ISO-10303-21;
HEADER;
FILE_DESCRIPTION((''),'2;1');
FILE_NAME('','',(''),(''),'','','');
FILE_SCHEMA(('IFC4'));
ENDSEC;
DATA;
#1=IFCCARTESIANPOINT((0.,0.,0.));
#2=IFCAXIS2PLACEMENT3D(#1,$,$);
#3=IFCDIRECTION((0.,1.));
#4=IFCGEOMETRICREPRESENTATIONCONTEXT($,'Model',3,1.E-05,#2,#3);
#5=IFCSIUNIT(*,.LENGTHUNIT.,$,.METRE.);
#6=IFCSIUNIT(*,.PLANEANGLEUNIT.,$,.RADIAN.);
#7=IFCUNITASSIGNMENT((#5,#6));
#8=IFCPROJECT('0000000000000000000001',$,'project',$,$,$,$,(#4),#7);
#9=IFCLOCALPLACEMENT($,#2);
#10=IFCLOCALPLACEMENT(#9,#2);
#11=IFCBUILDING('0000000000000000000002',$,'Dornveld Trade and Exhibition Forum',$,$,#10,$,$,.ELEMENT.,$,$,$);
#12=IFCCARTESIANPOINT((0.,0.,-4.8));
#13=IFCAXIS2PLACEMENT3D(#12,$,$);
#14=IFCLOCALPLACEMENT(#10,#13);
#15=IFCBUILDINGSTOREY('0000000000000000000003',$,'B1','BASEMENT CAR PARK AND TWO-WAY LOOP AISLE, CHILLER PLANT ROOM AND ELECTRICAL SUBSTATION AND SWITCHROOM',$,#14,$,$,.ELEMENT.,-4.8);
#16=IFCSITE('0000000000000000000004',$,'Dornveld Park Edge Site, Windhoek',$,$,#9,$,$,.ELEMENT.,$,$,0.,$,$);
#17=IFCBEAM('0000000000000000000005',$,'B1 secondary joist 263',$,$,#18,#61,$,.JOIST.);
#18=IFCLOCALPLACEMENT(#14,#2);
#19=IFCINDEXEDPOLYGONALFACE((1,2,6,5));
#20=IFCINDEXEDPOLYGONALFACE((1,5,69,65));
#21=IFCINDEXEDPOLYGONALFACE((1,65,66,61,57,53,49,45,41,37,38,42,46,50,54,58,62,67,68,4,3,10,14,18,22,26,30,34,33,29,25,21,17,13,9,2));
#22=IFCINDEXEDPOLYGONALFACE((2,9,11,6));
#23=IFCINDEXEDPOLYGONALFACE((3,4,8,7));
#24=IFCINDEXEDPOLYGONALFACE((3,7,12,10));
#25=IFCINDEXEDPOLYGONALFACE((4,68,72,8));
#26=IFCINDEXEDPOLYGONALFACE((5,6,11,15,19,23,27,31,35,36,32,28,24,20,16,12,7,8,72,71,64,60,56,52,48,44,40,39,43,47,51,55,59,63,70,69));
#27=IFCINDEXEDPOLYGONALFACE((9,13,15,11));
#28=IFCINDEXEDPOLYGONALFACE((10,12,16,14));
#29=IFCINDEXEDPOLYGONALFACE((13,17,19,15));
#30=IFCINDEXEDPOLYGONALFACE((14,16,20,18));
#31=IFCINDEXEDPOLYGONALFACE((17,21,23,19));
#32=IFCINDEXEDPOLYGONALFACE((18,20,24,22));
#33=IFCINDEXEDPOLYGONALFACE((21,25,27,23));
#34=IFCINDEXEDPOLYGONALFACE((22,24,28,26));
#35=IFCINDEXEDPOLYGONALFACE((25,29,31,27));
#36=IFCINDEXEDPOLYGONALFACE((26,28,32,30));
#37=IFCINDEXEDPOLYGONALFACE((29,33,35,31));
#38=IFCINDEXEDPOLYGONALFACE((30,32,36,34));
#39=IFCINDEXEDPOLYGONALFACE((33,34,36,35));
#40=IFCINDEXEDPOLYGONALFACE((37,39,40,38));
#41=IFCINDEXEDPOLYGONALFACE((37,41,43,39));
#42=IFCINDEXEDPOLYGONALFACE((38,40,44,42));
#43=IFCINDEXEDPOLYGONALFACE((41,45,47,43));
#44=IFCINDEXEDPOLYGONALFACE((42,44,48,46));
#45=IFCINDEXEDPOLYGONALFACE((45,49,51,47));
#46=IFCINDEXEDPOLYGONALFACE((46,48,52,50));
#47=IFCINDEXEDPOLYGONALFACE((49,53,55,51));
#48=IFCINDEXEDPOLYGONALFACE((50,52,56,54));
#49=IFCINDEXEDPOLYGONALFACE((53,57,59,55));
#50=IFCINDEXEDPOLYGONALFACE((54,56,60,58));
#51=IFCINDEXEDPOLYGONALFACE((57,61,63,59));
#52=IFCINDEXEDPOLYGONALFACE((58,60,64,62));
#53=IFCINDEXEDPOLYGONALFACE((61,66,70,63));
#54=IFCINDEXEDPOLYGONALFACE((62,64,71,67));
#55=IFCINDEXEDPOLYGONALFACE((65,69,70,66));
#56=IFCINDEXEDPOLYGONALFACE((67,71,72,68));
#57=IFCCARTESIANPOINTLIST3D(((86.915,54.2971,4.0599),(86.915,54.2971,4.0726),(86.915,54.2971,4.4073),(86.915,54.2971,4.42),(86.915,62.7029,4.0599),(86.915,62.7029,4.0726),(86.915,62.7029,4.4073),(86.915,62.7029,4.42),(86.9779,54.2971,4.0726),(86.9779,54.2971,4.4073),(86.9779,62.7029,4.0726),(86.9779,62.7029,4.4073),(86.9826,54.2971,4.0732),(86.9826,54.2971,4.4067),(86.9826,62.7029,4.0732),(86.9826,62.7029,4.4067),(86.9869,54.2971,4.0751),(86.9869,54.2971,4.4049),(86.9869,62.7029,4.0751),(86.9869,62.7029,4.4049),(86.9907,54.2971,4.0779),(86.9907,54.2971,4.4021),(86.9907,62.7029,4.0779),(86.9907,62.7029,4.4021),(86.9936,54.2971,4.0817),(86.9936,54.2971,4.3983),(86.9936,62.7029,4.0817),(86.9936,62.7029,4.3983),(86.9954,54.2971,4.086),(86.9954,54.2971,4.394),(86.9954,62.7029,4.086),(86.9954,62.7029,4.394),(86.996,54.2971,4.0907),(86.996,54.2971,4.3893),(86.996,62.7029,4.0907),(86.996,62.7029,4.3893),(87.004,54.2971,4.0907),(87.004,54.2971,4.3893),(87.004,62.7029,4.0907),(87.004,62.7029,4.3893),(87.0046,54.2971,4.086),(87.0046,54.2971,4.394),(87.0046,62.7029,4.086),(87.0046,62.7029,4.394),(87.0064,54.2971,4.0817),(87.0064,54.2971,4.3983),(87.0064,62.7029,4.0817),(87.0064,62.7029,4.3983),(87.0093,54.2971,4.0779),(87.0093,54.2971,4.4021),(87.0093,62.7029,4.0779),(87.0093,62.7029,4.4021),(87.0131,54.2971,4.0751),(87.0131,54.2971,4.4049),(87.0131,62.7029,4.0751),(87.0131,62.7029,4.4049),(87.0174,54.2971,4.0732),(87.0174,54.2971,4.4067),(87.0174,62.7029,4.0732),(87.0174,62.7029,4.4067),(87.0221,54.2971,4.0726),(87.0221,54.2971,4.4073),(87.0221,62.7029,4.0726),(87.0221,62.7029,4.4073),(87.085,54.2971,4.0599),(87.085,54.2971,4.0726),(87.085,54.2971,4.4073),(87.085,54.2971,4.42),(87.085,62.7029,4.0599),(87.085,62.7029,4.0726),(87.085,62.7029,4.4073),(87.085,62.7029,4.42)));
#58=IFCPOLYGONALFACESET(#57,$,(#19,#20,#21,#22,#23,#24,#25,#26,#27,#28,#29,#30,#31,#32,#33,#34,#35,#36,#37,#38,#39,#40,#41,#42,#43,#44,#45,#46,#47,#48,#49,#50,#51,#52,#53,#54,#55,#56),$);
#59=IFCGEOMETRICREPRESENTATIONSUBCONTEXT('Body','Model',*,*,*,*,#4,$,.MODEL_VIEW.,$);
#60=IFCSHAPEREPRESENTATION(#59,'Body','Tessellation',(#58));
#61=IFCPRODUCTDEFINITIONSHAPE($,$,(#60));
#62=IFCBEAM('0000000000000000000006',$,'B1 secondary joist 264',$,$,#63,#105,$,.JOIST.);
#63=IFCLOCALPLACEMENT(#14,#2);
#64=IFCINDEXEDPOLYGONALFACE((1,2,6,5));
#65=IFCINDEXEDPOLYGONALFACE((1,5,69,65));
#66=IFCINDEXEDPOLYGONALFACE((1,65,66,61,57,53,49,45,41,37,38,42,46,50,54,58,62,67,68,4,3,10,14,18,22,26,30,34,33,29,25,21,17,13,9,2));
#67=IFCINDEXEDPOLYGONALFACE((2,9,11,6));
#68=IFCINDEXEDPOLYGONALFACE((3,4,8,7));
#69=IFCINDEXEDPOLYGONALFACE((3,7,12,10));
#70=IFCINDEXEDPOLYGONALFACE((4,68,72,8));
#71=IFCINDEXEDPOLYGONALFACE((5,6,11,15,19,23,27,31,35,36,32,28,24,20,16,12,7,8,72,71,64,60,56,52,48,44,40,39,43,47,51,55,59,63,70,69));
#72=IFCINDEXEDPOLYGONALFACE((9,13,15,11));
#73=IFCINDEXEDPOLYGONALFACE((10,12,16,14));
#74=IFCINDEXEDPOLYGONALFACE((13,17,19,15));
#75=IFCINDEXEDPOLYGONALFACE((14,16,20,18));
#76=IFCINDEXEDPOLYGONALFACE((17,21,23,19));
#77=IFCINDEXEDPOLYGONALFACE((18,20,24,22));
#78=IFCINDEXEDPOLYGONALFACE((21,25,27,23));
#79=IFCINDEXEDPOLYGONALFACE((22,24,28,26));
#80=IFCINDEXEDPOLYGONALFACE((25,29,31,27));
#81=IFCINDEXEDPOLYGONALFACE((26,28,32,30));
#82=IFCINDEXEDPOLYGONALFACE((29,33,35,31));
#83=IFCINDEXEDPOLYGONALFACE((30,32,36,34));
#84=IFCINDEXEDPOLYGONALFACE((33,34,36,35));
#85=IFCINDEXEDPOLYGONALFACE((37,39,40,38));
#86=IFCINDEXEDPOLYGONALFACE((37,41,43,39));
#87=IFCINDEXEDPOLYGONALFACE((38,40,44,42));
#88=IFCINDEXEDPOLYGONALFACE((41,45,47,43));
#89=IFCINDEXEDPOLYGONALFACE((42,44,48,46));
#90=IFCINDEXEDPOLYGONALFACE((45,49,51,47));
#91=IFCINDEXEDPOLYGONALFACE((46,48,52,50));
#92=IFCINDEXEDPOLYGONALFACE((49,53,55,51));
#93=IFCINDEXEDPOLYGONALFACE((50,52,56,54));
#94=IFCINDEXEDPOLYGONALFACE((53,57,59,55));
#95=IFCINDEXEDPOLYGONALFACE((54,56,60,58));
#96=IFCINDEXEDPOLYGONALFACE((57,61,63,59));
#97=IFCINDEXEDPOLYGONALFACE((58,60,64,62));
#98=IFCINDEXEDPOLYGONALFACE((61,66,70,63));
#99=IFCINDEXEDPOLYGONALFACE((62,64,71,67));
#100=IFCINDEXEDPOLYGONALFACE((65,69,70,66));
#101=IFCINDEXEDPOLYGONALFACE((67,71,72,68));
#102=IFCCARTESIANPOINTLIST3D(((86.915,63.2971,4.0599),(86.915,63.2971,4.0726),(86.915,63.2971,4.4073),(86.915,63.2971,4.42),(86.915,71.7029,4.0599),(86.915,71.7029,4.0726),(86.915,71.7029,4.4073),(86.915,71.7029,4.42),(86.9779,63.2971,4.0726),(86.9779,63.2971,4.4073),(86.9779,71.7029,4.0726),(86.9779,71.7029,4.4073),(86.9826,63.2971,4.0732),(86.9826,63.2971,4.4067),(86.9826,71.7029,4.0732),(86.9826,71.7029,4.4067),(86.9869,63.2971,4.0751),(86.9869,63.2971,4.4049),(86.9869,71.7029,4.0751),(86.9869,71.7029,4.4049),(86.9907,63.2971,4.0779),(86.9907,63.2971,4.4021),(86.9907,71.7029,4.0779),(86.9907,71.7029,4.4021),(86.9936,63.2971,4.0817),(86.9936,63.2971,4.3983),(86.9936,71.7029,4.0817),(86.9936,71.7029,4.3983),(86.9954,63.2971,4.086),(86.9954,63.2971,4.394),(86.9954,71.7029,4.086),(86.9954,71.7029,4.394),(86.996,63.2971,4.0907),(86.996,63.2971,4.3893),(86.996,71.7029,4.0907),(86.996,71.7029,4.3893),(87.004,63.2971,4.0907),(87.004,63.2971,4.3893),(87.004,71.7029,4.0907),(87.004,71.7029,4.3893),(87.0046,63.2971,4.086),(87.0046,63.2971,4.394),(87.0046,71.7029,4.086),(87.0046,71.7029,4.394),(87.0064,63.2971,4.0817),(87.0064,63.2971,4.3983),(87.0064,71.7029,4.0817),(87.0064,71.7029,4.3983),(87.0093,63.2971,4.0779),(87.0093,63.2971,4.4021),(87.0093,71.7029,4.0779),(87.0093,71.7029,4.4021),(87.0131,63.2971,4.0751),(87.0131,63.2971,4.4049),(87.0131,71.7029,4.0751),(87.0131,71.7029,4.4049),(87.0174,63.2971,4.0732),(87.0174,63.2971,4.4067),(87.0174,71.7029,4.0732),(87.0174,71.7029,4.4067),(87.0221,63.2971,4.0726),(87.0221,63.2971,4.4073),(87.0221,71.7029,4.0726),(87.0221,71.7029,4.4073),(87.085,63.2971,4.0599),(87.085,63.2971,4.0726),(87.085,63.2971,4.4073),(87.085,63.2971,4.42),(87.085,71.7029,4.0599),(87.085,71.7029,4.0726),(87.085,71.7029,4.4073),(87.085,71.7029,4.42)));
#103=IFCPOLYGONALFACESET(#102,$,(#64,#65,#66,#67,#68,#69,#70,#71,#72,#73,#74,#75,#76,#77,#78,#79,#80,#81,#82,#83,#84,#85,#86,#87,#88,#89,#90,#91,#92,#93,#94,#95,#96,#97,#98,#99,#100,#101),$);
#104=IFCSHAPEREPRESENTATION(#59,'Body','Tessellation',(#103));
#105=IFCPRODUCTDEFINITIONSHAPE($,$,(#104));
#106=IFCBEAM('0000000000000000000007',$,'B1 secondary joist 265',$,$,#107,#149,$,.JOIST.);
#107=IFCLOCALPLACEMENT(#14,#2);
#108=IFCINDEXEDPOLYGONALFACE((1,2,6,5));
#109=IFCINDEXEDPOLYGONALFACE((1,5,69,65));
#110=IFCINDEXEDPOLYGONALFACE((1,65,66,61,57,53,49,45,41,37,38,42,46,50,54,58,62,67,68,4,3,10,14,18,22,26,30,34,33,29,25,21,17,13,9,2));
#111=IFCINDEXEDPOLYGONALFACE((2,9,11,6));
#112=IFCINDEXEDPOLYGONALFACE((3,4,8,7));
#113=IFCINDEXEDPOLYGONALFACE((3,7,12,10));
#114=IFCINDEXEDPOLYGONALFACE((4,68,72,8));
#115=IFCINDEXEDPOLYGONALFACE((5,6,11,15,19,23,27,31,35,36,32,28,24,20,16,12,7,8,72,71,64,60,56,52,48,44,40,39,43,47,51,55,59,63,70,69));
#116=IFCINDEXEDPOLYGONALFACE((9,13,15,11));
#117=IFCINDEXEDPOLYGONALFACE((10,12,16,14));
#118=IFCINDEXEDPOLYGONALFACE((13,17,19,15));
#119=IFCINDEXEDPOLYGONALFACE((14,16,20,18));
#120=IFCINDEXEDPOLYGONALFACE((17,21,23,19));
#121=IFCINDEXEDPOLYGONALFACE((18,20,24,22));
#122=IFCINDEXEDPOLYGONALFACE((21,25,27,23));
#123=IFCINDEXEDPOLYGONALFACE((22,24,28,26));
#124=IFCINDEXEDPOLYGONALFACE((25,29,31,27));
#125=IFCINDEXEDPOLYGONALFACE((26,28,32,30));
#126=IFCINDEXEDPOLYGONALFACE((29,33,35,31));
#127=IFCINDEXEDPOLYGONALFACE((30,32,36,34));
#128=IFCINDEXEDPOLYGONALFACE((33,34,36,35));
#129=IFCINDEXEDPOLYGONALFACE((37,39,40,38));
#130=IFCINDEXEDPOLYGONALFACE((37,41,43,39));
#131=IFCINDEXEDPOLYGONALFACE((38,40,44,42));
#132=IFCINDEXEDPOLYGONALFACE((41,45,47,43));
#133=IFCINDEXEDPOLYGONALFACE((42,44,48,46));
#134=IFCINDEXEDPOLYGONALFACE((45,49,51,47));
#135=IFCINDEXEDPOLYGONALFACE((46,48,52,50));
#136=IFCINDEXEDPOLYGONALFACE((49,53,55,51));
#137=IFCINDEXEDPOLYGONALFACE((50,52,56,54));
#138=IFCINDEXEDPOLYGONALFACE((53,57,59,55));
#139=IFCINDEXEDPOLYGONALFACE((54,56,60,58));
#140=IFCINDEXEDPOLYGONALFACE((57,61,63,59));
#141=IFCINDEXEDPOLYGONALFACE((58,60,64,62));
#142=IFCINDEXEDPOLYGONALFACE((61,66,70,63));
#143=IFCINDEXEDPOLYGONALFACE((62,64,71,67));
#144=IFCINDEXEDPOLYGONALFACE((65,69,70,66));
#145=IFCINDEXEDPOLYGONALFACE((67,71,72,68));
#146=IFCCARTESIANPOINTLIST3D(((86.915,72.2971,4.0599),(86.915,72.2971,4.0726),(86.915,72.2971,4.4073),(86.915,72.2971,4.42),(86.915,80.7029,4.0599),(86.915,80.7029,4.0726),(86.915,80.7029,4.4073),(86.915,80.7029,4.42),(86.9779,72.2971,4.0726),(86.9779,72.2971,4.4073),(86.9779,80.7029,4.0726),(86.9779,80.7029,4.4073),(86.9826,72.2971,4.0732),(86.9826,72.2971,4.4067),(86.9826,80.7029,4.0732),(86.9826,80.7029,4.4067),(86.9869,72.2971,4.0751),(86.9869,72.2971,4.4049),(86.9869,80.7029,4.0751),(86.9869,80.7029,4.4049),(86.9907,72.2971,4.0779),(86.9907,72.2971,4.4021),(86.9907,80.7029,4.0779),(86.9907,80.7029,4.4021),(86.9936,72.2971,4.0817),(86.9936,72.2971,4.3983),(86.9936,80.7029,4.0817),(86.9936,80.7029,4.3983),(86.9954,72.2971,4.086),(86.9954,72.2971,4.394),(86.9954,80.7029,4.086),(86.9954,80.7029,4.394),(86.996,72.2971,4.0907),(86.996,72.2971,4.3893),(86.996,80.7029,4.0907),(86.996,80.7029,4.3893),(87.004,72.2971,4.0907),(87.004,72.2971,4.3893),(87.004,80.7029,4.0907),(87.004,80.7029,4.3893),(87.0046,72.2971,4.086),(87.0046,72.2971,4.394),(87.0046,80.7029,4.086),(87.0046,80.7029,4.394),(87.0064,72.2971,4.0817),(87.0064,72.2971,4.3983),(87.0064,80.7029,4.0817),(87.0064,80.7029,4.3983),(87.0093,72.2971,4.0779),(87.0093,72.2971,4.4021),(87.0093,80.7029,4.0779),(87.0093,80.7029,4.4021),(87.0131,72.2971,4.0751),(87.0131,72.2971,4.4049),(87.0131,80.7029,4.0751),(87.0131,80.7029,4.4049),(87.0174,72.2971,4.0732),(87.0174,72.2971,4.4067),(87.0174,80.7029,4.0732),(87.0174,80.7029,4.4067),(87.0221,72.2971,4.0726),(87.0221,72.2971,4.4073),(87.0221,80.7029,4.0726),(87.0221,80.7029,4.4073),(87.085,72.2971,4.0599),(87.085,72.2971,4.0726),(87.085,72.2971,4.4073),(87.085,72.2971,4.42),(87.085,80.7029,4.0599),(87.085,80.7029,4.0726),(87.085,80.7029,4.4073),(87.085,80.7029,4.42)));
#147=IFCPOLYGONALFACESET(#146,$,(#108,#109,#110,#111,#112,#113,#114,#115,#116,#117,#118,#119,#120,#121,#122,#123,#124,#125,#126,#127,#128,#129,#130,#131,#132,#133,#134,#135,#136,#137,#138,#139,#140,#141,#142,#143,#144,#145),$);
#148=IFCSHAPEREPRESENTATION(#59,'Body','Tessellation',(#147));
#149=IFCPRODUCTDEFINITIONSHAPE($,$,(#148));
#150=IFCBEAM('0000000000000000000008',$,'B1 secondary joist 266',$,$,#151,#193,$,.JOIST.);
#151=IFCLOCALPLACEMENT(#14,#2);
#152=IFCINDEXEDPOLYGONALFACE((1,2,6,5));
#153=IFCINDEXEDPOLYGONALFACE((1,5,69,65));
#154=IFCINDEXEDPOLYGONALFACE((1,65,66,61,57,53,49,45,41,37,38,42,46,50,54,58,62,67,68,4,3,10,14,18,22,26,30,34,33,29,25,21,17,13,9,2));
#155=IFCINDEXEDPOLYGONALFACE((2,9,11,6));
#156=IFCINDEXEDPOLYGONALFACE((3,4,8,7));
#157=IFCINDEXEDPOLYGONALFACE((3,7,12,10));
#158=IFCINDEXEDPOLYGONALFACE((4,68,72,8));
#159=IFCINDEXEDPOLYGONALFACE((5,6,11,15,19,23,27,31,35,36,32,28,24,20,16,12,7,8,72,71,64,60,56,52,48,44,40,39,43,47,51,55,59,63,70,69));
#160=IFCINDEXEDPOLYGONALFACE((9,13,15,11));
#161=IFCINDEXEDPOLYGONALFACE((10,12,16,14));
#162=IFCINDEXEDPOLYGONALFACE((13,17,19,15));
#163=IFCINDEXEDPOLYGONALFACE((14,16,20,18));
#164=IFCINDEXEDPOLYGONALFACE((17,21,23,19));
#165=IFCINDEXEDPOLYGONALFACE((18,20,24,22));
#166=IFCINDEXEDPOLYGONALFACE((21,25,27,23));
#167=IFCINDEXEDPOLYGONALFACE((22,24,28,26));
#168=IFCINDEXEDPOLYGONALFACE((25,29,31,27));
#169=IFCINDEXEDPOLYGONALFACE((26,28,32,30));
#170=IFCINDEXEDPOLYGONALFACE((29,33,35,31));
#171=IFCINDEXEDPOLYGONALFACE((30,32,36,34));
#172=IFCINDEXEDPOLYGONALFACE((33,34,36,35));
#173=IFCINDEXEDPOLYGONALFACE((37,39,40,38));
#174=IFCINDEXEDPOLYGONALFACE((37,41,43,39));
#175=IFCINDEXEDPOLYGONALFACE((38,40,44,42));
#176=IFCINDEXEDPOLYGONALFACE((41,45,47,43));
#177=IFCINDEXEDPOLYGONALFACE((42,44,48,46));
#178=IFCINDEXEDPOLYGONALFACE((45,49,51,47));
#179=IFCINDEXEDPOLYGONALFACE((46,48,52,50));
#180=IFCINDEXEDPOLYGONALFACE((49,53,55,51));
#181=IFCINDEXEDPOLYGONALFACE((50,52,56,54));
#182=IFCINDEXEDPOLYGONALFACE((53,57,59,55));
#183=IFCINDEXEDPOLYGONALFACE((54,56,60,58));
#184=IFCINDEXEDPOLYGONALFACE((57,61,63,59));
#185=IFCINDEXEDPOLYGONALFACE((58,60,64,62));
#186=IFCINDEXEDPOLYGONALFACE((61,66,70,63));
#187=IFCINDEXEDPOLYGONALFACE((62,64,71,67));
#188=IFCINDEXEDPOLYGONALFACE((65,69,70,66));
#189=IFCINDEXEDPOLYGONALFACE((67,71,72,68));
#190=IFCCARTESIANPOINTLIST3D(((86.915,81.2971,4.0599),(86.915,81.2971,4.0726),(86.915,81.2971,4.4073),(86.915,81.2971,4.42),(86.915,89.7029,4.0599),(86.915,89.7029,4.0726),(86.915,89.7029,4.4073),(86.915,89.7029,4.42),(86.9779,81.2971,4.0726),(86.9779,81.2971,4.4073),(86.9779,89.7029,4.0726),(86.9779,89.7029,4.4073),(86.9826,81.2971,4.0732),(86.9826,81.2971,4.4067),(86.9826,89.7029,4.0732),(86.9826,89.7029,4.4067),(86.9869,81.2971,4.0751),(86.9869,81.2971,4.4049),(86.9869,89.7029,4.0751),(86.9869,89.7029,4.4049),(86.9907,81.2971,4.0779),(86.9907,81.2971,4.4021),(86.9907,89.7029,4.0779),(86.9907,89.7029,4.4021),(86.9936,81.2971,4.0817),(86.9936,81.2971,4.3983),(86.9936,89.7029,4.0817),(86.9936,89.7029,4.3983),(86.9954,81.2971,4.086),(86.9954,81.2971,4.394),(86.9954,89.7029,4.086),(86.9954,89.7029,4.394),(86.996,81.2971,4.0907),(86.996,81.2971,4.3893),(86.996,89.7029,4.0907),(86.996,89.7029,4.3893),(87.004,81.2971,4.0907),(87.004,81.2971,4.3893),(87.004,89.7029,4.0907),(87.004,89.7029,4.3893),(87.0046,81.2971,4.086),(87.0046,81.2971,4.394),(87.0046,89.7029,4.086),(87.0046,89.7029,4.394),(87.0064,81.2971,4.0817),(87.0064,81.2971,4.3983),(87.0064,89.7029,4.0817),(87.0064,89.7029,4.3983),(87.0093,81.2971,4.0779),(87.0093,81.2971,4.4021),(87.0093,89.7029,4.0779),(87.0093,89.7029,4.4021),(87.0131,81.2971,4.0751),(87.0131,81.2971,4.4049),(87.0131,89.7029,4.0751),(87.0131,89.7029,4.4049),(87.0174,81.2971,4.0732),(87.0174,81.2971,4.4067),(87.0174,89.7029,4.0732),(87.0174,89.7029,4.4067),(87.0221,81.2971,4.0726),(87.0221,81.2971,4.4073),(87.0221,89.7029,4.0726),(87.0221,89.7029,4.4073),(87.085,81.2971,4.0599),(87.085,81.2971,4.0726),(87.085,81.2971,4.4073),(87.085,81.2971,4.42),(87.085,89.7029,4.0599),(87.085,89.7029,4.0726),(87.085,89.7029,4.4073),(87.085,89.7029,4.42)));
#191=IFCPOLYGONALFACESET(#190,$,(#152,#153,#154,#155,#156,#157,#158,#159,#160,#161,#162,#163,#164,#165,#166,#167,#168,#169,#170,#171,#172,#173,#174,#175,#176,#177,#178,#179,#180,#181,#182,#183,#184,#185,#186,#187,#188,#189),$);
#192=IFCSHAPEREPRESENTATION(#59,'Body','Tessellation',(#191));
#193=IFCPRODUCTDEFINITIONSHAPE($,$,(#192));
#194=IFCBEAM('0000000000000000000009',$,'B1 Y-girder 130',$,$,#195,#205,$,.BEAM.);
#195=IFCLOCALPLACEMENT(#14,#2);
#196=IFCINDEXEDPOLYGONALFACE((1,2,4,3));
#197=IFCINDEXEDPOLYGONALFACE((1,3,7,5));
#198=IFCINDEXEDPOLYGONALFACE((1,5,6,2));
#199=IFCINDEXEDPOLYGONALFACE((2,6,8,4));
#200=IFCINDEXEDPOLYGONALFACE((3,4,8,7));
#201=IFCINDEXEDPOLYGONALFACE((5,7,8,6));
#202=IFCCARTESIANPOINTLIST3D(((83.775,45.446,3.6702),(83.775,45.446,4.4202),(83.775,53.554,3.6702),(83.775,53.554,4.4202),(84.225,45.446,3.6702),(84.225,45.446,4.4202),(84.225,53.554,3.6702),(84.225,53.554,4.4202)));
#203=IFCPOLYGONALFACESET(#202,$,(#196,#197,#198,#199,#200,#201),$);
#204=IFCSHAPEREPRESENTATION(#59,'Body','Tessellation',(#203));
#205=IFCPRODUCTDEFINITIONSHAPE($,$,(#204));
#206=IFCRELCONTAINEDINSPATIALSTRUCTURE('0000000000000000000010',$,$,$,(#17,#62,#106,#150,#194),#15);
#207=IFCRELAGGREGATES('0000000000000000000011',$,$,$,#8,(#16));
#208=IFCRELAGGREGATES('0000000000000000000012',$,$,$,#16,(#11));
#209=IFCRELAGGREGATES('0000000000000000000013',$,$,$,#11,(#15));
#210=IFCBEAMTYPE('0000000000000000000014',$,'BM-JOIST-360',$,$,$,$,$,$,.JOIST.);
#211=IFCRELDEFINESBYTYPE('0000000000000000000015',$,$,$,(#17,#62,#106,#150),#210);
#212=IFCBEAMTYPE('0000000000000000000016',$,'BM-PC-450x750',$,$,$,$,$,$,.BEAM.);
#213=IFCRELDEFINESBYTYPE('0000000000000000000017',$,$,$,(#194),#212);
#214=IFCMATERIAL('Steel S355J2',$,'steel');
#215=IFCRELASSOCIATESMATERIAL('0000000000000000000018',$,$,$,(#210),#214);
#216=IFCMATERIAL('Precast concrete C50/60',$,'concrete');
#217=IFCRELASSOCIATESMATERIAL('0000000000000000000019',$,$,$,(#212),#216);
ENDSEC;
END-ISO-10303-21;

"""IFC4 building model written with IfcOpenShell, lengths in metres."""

from ifc_helpers import new_model, si_unit, direction, frame, origin, origin_2d, place, context, subcontext, project, spatial, rectangle, i_section, extrude, material, material_profile, profile_set, type_object, element, save


model = new_model("IFC4")

# Units and contexts
model_context = context("Model", 3, precision=1e-05, world=origin(), true_north=direction((0.0, 1.0)))
body_context = subcontext(model_context, "Body", "Model", "MODEL_VIEW")
ifc_project = project(units=[si_unit("LENGTHUNIT", "METRE"), si_unit("PLANEANGLEUNIT", "RADIAN")], contexts=[model_context])

# Site, building, storey
site_placement = place(None, origin())
site = spatial("IfcSite", under=ifc_project, at=site_placement, Name="Dornveld Park Edge Site, Windhoek", CompositionType="ELEMENT", RefElevation=0.0)
building_placement = place(site_placement, origin())
building = spatial("IfcBuilding", under=site, at=building_placement, Name="Dornveld Trade and Exhibition Forum", CompositionType="ELEMENT")
storey_placement = place(building_placement, frame((0.0, 0.0, -4.8)))
storey = spatial("IfcBuildingStorey", under=building, at=storey_placement, Name="B1", Description="BASEMENT CAR PARK AND TWO-WAY LOOP AISLE, CHILLER PLANT ROOM AND ELECTRICAL SUBSTATION AND SWITCHROOM", CompositionType="ELEMENT", Elevation=-4.8)

# Beams
ifc_material_1 = material(Name="Steel S355J2", Category="steel")
ifc_material_profile_1 = material_profile(ifc_material_1, i_section(OverallWidth=0.1699, OverallDepth=0.3601, WebThickness=0.0081, FlangeThickness=0.0127, FilletRadius=0.0181, at=origin_2d()), Name="IPE 360")
ifc_profile_set_1 = profile_set([ifc_material_profile_1], Name="Steel S355J2")
beam_type_1 = type_object("IfcBeamType", Name="BM-JOIST-360", PredefinedType="JOIST", material=ifc_profile_set_1)
for number, where, z_axis, x_axis, name in (
    (1, (87.0, 54.2971, 4.24), (0.0, 1.0, 0.0), (-1.0, 0.0, 0.0), "B1 secondary joist 263"),
    (2, (87.0, 63.2971, 4.24), (0.0, 1.0, 0.0), (-1.0, 0.0, 0.0), "B1 secondary joist 264"),
    (3, (87.0, 72.2971, 4.24), (0.0, 1.0, 0.0), (-1.0, 0.0, 0.0), "B1 secondary joist 265"),
    (4, (87.0, 81.2971, 4.24), (0.0, 1.0, 0.0), (-1.0, 0.0, 0.0), "B1 secondary joist 266"),
):
    element("IfcBeam", number, at=place(storey_placement, frame(where, z_axis=z_axis, x_axis=x_axis)), inside=storey, type_object=beam_type_1, Name=name, PredefinedType="JOIST", context=body_context, shape_type="SweptSolid", body=[
        extrude(i_section(OverallWidth=0.1699, OverallDepth=0.3601, WebThickness=0.0081, FlangeThickness=0.0127, FilletRadius=0.0181, at=origin_2d()), origin(), (0.0, 0.0, 1.0), 8.4058),
    ])
ifc_material_2 = material(Name="Precast concrete C50/60", Category="concrete")
ifc_material_profile_2 = material_profile(ifc_material_2, rectangle(XDim=0.45, YDim=0.75, at=origin_2d()), Name="PC-BM 450x750")
ifc_profile_set_2 = profile_set([ifc_material_profile_2], Name="Precast concrete C50/60")
beam_type_2 = type_object("IfcBeamType", Name="BM-PC-450x750", PredefinedType="BEAM", material=ifc_profile_set_2)
for number, where, z_axis, x_axis, name in (
    (5, (84.0, 45.446, 4.0452), (0.0, 1.0, 0.0), (-1.0, 0.0, 0.0), "B1 Y-girder 130"),
):
    element("IfcBeam", number, at=place(storey_placement, frame(where, z_axis=z_axis, x_axis=x_axis)), inside=storey, type_object=beam_type_2, Name=name, PredefinedType="BEAM", context=body_context, shape_type="SweptSolid", body=[
        extrude(rectangle(XDim=0.45, YDim=0.75, at=origin_2d()), origin(), (0.0, 0.0, 1.0), 8.1079),
    ])

save(model, "model.ifc")
